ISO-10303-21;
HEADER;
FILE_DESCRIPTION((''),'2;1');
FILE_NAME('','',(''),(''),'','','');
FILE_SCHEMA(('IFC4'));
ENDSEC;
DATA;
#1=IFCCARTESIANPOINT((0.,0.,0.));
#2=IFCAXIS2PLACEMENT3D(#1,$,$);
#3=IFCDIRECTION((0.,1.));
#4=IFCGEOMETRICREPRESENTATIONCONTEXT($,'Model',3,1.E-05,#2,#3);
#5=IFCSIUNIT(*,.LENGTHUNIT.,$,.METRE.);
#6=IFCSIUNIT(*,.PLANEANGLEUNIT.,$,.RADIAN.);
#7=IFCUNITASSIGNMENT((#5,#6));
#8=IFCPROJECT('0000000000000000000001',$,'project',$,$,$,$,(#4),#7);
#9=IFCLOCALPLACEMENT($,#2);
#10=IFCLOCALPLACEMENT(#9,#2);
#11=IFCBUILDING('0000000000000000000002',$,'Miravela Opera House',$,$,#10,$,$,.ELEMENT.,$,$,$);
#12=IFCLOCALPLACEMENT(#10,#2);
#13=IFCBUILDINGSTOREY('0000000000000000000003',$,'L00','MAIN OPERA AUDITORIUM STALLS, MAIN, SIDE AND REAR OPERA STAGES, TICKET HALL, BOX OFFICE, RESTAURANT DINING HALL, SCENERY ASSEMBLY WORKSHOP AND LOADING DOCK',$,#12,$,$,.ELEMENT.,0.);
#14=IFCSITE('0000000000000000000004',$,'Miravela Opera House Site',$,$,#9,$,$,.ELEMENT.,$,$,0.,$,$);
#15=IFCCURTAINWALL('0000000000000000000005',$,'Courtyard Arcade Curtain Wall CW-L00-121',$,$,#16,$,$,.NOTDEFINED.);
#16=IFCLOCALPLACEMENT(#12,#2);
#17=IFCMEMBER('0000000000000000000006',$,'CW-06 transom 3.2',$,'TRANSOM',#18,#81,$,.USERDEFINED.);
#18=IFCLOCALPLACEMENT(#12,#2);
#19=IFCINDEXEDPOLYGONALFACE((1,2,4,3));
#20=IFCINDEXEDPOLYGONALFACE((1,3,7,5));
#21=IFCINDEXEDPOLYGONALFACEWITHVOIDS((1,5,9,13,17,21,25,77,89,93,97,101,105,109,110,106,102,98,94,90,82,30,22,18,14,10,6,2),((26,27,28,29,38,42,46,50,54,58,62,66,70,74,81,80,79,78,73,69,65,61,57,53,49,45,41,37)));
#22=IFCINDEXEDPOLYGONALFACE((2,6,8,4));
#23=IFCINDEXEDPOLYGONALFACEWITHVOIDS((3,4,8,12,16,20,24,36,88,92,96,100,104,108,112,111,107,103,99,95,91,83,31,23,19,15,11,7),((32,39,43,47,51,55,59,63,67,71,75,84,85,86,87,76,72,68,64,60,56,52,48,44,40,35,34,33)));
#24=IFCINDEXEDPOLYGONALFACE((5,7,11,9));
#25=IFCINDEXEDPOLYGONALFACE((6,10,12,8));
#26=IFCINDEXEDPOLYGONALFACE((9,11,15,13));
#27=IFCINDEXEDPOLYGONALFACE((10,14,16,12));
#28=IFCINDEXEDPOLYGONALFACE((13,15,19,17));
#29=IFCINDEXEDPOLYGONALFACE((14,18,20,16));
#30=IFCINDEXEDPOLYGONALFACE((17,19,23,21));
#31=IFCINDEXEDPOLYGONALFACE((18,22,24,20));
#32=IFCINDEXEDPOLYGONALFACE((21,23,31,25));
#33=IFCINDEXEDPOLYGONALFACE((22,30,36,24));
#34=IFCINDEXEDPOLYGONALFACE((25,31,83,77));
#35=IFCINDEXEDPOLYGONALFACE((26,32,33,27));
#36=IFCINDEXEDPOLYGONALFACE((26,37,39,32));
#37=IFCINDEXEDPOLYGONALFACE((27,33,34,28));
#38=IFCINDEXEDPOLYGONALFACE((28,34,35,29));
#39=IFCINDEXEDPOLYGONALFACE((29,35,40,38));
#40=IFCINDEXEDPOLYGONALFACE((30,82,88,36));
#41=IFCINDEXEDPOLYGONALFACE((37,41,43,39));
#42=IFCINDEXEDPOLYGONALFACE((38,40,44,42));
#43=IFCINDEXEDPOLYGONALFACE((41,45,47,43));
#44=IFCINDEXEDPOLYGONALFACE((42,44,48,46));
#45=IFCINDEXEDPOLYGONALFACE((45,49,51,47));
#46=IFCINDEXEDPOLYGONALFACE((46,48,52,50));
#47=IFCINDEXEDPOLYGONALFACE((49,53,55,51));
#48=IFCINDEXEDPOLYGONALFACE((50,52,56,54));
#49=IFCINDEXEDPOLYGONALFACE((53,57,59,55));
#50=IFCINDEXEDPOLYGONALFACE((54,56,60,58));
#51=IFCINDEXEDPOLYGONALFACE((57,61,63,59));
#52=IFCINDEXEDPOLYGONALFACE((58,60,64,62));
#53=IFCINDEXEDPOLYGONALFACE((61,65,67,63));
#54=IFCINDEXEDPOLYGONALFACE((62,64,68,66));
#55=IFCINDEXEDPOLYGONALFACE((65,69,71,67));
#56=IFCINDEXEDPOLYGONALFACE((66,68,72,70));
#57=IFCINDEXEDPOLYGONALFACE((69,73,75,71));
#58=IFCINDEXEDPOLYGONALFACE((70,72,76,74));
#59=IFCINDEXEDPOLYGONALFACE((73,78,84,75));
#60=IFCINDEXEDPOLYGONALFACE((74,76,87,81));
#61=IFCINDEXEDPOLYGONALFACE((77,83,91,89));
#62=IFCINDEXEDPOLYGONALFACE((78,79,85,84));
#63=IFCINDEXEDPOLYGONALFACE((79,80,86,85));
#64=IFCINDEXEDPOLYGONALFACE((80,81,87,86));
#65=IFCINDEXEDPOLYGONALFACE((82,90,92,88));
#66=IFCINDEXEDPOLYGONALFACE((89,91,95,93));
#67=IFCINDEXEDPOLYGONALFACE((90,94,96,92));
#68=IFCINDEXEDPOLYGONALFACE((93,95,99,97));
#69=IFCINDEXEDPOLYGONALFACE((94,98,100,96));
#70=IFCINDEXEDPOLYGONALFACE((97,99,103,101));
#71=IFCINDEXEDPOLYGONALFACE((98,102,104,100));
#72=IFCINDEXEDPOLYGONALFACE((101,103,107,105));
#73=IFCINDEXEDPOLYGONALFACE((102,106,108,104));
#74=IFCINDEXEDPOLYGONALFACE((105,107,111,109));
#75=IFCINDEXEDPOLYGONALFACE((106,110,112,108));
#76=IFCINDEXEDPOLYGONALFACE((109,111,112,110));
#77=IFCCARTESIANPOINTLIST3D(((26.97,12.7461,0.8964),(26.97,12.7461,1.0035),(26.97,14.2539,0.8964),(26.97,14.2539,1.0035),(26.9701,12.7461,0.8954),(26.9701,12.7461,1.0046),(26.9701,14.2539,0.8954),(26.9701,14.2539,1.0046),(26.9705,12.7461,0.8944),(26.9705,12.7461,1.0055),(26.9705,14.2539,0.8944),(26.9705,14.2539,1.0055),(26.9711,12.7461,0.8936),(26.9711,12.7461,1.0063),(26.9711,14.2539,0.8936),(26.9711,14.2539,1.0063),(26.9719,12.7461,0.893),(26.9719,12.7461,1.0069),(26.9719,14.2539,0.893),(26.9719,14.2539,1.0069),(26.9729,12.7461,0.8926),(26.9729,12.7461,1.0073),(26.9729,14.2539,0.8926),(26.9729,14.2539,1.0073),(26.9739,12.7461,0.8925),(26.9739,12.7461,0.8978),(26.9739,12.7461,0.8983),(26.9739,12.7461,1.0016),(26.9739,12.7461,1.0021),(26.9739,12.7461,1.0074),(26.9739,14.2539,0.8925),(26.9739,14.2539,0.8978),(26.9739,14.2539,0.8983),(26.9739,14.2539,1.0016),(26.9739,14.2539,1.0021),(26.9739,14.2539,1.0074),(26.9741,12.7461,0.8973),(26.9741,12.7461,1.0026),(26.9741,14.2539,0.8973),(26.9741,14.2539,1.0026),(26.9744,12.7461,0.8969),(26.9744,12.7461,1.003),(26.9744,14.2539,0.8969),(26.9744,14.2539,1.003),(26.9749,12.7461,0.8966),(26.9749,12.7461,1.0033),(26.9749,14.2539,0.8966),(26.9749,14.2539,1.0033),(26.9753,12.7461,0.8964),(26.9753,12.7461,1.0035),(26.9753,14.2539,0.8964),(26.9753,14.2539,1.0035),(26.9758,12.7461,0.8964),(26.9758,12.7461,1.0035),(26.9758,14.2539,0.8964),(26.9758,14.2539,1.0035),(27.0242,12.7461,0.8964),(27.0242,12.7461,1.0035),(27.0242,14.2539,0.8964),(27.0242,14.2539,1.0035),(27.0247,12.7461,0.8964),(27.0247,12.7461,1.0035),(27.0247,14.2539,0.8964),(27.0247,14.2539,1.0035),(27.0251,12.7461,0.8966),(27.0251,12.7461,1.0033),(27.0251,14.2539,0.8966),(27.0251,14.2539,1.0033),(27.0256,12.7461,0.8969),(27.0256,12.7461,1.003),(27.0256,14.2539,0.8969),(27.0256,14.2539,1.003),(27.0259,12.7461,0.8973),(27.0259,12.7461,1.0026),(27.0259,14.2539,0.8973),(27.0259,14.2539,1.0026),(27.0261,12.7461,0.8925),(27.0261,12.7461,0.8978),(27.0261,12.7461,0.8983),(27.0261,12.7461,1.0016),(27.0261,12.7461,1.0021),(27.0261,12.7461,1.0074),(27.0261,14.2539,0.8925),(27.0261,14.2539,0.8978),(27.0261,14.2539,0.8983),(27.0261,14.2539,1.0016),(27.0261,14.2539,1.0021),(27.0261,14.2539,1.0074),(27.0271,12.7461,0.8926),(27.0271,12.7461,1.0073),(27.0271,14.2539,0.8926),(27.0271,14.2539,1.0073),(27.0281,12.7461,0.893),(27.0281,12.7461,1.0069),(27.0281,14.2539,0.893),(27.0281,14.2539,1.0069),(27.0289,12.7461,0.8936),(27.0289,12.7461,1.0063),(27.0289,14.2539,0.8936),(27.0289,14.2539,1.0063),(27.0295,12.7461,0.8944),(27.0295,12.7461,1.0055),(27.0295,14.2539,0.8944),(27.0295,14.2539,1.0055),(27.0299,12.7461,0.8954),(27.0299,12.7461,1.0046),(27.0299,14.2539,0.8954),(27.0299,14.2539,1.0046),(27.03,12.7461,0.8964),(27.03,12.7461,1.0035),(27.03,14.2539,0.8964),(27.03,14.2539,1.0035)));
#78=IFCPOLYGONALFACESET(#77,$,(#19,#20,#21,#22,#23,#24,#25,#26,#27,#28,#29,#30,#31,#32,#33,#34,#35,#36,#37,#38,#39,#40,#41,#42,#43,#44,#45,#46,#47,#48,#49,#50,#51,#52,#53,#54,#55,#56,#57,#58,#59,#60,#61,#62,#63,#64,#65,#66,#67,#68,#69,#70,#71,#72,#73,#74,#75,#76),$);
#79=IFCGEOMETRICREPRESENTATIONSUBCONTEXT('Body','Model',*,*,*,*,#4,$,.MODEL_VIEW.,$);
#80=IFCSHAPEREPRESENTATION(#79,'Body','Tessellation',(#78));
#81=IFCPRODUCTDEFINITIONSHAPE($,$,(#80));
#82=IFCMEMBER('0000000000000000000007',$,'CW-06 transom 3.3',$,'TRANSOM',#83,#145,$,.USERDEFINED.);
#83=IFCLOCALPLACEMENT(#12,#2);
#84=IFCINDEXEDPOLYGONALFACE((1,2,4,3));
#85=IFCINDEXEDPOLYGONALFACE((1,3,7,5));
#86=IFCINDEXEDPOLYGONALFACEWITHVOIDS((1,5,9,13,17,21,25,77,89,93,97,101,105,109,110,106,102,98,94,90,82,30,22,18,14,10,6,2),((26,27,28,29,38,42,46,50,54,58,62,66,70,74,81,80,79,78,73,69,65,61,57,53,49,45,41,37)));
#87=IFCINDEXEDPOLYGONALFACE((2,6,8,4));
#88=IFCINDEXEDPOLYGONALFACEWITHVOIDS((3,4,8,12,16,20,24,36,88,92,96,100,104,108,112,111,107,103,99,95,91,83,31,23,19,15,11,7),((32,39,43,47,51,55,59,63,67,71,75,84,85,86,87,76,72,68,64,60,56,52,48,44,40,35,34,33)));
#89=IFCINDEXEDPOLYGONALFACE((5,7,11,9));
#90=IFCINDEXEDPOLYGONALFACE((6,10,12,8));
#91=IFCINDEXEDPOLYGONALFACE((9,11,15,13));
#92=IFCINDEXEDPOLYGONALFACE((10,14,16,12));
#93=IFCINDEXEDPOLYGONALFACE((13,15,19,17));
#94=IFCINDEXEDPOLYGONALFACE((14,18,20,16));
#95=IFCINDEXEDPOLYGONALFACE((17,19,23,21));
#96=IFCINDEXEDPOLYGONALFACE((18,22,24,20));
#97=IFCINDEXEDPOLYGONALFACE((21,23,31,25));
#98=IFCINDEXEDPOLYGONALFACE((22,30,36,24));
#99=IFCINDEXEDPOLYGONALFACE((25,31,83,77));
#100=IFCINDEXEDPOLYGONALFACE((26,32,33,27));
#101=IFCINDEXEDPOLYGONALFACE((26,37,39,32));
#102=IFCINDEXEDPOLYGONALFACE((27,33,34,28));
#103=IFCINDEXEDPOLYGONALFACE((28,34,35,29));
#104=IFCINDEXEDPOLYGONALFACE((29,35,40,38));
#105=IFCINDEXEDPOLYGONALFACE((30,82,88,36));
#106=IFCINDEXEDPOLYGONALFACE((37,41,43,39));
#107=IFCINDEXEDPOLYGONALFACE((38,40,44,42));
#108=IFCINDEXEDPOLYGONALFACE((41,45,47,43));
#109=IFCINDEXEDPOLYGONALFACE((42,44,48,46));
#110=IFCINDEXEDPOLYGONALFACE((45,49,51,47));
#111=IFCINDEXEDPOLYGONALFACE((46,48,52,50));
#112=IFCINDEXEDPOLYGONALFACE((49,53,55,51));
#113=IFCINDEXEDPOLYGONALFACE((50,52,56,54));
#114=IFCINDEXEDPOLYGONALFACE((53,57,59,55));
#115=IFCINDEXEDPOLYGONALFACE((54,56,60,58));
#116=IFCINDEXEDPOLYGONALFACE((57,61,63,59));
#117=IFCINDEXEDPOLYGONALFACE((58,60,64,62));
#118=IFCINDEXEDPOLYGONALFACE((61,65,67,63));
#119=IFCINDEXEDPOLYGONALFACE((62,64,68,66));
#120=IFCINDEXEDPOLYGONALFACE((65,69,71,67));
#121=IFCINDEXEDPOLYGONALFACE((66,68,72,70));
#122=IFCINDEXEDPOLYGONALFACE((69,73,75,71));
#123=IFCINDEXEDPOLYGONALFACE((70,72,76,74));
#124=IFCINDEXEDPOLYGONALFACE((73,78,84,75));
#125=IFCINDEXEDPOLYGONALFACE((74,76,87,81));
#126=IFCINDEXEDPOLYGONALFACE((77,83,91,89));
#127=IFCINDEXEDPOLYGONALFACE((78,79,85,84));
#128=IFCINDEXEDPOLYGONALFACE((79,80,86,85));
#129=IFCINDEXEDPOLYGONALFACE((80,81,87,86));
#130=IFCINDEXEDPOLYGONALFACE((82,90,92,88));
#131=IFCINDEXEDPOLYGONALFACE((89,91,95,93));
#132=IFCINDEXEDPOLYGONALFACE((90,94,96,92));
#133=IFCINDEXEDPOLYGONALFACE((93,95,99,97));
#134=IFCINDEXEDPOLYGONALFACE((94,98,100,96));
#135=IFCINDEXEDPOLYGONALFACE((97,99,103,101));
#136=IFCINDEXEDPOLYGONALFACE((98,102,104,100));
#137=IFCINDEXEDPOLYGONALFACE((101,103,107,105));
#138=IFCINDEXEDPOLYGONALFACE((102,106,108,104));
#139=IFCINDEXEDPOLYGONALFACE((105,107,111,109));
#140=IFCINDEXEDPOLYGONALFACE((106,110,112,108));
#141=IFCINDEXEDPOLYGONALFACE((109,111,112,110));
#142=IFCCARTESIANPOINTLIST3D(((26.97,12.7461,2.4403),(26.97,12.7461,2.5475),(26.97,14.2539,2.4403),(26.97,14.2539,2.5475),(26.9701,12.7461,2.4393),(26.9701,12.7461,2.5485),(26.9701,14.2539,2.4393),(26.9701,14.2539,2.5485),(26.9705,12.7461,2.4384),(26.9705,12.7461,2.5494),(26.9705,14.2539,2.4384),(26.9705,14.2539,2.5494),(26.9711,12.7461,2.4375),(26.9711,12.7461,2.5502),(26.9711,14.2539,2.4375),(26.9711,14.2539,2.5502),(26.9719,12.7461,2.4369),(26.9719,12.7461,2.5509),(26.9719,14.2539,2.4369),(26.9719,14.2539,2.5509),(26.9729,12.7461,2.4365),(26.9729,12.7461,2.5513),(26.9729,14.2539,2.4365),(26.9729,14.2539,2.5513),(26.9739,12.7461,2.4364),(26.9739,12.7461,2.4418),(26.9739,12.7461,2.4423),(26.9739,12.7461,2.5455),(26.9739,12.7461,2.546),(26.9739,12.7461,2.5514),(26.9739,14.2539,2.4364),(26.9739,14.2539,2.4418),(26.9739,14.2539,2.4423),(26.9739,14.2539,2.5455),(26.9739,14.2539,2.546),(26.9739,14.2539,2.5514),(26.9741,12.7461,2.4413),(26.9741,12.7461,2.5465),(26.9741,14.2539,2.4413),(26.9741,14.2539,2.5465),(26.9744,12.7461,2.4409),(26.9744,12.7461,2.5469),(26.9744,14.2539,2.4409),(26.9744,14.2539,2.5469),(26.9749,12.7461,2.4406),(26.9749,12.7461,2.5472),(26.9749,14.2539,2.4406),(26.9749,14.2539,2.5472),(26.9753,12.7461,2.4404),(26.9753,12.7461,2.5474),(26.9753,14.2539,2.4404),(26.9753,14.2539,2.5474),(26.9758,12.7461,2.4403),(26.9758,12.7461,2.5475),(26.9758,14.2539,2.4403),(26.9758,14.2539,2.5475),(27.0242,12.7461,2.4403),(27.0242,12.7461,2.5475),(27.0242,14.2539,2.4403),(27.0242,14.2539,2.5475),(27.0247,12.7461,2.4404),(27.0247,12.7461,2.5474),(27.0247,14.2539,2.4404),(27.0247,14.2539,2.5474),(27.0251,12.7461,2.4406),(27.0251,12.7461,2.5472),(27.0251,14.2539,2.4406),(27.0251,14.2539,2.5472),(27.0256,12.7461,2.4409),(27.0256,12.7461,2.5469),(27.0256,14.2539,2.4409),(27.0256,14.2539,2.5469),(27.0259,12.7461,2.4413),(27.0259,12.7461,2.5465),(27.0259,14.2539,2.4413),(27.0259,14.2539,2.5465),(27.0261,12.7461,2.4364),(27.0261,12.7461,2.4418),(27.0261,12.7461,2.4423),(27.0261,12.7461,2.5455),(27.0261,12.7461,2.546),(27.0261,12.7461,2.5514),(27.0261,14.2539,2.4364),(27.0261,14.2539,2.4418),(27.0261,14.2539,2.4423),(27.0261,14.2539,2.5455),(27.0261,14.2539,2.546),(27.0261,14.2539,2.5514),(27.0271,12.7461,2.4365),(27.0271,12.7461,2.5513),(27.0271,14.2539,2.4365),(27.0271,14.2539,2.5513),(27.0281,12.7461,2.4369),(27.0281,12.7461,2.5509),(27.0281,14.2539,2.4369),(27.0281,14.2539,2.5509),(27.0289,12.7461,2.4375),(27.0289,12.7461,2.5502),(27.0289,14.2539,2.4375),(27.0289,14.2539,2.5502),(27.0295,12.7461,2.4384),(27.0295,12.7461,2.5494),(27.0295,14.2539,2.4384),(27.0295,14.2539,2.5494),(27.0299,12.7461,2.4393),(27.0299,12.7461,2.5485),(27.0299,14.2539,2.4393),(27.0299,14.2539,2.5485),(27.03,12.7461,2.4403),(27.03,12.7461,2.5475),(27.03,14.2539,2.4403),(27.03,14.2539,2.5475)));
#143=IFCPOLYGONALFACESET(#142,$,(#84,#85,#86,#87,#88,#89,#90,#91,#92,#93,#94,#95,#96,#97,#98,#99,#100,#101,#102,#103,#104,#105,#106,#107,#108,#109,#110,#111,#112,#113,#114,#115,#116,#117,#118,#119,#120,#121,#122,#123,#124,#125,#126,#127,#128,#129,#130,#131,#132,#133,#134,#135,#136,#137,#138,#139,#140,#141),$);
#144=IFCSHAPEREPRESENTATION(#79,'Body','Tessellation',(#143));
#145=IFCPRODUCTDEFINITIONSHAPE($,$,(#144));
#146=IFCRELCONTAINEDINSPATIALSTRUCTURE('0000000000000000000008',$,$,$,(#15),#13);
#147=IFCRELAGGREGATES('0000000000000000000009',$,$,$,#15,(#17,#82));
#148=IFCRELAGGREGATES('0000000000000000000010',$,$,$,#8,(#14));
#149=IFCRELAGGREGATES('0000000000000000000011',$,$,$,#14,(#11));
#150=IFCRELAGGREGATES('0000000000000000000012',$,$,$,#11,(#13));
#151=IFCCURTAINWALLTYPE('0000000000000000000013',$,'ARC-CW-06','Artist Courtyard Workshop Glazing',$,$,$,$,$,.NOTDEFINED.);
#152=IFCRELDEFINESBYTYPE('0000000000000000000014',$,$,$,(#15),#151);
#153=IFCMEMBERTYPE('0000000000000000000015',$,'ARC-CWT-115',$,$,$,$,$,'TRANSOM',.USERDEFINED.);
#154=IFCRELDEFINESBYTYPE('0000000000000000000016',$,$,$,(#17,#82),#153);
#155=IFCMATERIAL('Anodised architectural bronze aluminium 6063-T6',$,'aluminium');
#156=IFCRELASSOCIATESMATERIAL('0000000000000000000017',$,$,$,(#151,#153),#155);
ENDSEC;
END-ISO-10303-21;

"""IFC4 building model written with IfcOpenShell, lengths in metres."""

from ifc_helpers import new_model, si_unit, direction, frame, origin, origin_2d, place, context, subcontext, project, spatial, hollow_rectangle, extrude, material, material_profile, profile_set, type_object, element, aggregate, save


model = new_model("IFC4")

# Units and contexts
model_context = context("Model", 3, precision=1e-05, world=origin(), true_north=direction((0.0, 1.0)))
body_context = subcontext(model_context, "Body", "Model", "MODEL_VIEW")
ifc_project = project(units=[si_unit("LENGTHUNIT", "METRE"), si_unit("PLANEANGLEUNIT", "RADIAN")], contexts=[model_context])

# Site, building, storey
site_placement = place(None, origin())
site = spatial("IfcSite", under=ifc_project, at=site_placement, Name="Miravela Opera House Site", CompositionType="ELEMENT", RefElevation=0.0)
building_placement = place(site_placement, origin())
building = spatial("IfcBuilding", under=site, at=building_placement, Name="Miravela Opera House", CompositionType="ELEMENT")
storey_placement = place(building_placement, origin())
storey = spatial("IfcBuildingStorey", under=building, at=storey_placement, Name="L00", Description="MAIN OPERA AUDITORIUM STALLS, MAIN, SIDE AND REAR OPERA STAGES, TICKET HALL, BOX OFFICE, RESTAURANT DINING HALL, SCENERY ASSEMBLY WORKSHOP AND LOADING DOCK", CompositionType="ELEMENT", Elevation=0.0)

# Curtain wall, members
ifc_material_1 = material(Name="Anodised architectural bronze aluminium 6063-T6", Category="aluminium")
curtain_wall_type = type_object("IfcCurtainWallType", Name="ARC-CW-06", Description="Artist Courtyard Workshop Glazing", PredefinedType="NOTDEFINED", material=ifc_material_1)
curtain_wall_placement = place(storey_placement, origin())
curtain_wall = element("IfcCurtainWall", 1, at=curtain_wall_placement, inside=storey, type_object=curtain_wall_type, Name="Courtyard Arcade Curtain Wall CW-L00-121", PredefinedType="NOTDEFINED")
ifc_material_profile_1 = material_profile(ifc_material_1, hollow_rectangle(XDim=0.0601, YDim=0.115, WallThickness=0.0039, InnerFilletRadius=0.002, OuterFilletRadius=0.0039, at=origin_2d()), Name="CWT-60X115")
ifc_profile_set_1 = profile_set([ifc_material_profile_1])
member_type_1 = type_object("IfcMemberType", Name="ARC-CWT-115", ElementType="TRANSOM", PredefinedType="USERDEFINED", material=ifc_profile_set_1)
member_1_placement = place(storey_placement, frame((27.0, 12.7461, 0.95), z_axis=(0.0, 1.0, 0.0), x_axis=(-1.0, 0.0, 0.0)))
member_1 = element("IfcMember", 2, at=member_1_placement, type_object=member_type_1, Name="CW-06 transom 3.2", ObjectType="TRANSOM", PredefinedType="USERDEFINED", context=body_context, shape_type="SweptSolid", body=[
    extrude(hollow_rectangle(XDim=0.0601, YDim=0.115, WallThickness=0.0039, InnerFilletRadius=0.002, OuterFilletRadius=0.0039, at=origin_2d()), origin(), (0.0, 0.0, 1.0), 1.5078),
])
member_2_placement = place(storey_placement, frame((27.0, 12.7461, 2.4939), z_axis=(0.0, 1.0, 0.0), x_axis=(-1.0, 0.0, 0.0)))
member_2 = element("IfcMember", 3, at=member_2_placement, type_object=member_type_1, Name="CW-06 transom 3.3", ObjectType="TRANSOM", PredefinedType="USERDEFINED", context=body_context, shape_type="SweptSolid", body=[
    extrude(hollow_rectangle(XDim=0.0601, YDim=0.115, WallThickness=0.0039, InnerFilletRadius=0.002, OuterFilletRadius=0.0039, at=origin_2d()), origin(), (0.0, 0.0, 1.0), 1.5078),
])

aggregate(curtain_wall, [member_1, member_2])

save(model, "model.ifc")
